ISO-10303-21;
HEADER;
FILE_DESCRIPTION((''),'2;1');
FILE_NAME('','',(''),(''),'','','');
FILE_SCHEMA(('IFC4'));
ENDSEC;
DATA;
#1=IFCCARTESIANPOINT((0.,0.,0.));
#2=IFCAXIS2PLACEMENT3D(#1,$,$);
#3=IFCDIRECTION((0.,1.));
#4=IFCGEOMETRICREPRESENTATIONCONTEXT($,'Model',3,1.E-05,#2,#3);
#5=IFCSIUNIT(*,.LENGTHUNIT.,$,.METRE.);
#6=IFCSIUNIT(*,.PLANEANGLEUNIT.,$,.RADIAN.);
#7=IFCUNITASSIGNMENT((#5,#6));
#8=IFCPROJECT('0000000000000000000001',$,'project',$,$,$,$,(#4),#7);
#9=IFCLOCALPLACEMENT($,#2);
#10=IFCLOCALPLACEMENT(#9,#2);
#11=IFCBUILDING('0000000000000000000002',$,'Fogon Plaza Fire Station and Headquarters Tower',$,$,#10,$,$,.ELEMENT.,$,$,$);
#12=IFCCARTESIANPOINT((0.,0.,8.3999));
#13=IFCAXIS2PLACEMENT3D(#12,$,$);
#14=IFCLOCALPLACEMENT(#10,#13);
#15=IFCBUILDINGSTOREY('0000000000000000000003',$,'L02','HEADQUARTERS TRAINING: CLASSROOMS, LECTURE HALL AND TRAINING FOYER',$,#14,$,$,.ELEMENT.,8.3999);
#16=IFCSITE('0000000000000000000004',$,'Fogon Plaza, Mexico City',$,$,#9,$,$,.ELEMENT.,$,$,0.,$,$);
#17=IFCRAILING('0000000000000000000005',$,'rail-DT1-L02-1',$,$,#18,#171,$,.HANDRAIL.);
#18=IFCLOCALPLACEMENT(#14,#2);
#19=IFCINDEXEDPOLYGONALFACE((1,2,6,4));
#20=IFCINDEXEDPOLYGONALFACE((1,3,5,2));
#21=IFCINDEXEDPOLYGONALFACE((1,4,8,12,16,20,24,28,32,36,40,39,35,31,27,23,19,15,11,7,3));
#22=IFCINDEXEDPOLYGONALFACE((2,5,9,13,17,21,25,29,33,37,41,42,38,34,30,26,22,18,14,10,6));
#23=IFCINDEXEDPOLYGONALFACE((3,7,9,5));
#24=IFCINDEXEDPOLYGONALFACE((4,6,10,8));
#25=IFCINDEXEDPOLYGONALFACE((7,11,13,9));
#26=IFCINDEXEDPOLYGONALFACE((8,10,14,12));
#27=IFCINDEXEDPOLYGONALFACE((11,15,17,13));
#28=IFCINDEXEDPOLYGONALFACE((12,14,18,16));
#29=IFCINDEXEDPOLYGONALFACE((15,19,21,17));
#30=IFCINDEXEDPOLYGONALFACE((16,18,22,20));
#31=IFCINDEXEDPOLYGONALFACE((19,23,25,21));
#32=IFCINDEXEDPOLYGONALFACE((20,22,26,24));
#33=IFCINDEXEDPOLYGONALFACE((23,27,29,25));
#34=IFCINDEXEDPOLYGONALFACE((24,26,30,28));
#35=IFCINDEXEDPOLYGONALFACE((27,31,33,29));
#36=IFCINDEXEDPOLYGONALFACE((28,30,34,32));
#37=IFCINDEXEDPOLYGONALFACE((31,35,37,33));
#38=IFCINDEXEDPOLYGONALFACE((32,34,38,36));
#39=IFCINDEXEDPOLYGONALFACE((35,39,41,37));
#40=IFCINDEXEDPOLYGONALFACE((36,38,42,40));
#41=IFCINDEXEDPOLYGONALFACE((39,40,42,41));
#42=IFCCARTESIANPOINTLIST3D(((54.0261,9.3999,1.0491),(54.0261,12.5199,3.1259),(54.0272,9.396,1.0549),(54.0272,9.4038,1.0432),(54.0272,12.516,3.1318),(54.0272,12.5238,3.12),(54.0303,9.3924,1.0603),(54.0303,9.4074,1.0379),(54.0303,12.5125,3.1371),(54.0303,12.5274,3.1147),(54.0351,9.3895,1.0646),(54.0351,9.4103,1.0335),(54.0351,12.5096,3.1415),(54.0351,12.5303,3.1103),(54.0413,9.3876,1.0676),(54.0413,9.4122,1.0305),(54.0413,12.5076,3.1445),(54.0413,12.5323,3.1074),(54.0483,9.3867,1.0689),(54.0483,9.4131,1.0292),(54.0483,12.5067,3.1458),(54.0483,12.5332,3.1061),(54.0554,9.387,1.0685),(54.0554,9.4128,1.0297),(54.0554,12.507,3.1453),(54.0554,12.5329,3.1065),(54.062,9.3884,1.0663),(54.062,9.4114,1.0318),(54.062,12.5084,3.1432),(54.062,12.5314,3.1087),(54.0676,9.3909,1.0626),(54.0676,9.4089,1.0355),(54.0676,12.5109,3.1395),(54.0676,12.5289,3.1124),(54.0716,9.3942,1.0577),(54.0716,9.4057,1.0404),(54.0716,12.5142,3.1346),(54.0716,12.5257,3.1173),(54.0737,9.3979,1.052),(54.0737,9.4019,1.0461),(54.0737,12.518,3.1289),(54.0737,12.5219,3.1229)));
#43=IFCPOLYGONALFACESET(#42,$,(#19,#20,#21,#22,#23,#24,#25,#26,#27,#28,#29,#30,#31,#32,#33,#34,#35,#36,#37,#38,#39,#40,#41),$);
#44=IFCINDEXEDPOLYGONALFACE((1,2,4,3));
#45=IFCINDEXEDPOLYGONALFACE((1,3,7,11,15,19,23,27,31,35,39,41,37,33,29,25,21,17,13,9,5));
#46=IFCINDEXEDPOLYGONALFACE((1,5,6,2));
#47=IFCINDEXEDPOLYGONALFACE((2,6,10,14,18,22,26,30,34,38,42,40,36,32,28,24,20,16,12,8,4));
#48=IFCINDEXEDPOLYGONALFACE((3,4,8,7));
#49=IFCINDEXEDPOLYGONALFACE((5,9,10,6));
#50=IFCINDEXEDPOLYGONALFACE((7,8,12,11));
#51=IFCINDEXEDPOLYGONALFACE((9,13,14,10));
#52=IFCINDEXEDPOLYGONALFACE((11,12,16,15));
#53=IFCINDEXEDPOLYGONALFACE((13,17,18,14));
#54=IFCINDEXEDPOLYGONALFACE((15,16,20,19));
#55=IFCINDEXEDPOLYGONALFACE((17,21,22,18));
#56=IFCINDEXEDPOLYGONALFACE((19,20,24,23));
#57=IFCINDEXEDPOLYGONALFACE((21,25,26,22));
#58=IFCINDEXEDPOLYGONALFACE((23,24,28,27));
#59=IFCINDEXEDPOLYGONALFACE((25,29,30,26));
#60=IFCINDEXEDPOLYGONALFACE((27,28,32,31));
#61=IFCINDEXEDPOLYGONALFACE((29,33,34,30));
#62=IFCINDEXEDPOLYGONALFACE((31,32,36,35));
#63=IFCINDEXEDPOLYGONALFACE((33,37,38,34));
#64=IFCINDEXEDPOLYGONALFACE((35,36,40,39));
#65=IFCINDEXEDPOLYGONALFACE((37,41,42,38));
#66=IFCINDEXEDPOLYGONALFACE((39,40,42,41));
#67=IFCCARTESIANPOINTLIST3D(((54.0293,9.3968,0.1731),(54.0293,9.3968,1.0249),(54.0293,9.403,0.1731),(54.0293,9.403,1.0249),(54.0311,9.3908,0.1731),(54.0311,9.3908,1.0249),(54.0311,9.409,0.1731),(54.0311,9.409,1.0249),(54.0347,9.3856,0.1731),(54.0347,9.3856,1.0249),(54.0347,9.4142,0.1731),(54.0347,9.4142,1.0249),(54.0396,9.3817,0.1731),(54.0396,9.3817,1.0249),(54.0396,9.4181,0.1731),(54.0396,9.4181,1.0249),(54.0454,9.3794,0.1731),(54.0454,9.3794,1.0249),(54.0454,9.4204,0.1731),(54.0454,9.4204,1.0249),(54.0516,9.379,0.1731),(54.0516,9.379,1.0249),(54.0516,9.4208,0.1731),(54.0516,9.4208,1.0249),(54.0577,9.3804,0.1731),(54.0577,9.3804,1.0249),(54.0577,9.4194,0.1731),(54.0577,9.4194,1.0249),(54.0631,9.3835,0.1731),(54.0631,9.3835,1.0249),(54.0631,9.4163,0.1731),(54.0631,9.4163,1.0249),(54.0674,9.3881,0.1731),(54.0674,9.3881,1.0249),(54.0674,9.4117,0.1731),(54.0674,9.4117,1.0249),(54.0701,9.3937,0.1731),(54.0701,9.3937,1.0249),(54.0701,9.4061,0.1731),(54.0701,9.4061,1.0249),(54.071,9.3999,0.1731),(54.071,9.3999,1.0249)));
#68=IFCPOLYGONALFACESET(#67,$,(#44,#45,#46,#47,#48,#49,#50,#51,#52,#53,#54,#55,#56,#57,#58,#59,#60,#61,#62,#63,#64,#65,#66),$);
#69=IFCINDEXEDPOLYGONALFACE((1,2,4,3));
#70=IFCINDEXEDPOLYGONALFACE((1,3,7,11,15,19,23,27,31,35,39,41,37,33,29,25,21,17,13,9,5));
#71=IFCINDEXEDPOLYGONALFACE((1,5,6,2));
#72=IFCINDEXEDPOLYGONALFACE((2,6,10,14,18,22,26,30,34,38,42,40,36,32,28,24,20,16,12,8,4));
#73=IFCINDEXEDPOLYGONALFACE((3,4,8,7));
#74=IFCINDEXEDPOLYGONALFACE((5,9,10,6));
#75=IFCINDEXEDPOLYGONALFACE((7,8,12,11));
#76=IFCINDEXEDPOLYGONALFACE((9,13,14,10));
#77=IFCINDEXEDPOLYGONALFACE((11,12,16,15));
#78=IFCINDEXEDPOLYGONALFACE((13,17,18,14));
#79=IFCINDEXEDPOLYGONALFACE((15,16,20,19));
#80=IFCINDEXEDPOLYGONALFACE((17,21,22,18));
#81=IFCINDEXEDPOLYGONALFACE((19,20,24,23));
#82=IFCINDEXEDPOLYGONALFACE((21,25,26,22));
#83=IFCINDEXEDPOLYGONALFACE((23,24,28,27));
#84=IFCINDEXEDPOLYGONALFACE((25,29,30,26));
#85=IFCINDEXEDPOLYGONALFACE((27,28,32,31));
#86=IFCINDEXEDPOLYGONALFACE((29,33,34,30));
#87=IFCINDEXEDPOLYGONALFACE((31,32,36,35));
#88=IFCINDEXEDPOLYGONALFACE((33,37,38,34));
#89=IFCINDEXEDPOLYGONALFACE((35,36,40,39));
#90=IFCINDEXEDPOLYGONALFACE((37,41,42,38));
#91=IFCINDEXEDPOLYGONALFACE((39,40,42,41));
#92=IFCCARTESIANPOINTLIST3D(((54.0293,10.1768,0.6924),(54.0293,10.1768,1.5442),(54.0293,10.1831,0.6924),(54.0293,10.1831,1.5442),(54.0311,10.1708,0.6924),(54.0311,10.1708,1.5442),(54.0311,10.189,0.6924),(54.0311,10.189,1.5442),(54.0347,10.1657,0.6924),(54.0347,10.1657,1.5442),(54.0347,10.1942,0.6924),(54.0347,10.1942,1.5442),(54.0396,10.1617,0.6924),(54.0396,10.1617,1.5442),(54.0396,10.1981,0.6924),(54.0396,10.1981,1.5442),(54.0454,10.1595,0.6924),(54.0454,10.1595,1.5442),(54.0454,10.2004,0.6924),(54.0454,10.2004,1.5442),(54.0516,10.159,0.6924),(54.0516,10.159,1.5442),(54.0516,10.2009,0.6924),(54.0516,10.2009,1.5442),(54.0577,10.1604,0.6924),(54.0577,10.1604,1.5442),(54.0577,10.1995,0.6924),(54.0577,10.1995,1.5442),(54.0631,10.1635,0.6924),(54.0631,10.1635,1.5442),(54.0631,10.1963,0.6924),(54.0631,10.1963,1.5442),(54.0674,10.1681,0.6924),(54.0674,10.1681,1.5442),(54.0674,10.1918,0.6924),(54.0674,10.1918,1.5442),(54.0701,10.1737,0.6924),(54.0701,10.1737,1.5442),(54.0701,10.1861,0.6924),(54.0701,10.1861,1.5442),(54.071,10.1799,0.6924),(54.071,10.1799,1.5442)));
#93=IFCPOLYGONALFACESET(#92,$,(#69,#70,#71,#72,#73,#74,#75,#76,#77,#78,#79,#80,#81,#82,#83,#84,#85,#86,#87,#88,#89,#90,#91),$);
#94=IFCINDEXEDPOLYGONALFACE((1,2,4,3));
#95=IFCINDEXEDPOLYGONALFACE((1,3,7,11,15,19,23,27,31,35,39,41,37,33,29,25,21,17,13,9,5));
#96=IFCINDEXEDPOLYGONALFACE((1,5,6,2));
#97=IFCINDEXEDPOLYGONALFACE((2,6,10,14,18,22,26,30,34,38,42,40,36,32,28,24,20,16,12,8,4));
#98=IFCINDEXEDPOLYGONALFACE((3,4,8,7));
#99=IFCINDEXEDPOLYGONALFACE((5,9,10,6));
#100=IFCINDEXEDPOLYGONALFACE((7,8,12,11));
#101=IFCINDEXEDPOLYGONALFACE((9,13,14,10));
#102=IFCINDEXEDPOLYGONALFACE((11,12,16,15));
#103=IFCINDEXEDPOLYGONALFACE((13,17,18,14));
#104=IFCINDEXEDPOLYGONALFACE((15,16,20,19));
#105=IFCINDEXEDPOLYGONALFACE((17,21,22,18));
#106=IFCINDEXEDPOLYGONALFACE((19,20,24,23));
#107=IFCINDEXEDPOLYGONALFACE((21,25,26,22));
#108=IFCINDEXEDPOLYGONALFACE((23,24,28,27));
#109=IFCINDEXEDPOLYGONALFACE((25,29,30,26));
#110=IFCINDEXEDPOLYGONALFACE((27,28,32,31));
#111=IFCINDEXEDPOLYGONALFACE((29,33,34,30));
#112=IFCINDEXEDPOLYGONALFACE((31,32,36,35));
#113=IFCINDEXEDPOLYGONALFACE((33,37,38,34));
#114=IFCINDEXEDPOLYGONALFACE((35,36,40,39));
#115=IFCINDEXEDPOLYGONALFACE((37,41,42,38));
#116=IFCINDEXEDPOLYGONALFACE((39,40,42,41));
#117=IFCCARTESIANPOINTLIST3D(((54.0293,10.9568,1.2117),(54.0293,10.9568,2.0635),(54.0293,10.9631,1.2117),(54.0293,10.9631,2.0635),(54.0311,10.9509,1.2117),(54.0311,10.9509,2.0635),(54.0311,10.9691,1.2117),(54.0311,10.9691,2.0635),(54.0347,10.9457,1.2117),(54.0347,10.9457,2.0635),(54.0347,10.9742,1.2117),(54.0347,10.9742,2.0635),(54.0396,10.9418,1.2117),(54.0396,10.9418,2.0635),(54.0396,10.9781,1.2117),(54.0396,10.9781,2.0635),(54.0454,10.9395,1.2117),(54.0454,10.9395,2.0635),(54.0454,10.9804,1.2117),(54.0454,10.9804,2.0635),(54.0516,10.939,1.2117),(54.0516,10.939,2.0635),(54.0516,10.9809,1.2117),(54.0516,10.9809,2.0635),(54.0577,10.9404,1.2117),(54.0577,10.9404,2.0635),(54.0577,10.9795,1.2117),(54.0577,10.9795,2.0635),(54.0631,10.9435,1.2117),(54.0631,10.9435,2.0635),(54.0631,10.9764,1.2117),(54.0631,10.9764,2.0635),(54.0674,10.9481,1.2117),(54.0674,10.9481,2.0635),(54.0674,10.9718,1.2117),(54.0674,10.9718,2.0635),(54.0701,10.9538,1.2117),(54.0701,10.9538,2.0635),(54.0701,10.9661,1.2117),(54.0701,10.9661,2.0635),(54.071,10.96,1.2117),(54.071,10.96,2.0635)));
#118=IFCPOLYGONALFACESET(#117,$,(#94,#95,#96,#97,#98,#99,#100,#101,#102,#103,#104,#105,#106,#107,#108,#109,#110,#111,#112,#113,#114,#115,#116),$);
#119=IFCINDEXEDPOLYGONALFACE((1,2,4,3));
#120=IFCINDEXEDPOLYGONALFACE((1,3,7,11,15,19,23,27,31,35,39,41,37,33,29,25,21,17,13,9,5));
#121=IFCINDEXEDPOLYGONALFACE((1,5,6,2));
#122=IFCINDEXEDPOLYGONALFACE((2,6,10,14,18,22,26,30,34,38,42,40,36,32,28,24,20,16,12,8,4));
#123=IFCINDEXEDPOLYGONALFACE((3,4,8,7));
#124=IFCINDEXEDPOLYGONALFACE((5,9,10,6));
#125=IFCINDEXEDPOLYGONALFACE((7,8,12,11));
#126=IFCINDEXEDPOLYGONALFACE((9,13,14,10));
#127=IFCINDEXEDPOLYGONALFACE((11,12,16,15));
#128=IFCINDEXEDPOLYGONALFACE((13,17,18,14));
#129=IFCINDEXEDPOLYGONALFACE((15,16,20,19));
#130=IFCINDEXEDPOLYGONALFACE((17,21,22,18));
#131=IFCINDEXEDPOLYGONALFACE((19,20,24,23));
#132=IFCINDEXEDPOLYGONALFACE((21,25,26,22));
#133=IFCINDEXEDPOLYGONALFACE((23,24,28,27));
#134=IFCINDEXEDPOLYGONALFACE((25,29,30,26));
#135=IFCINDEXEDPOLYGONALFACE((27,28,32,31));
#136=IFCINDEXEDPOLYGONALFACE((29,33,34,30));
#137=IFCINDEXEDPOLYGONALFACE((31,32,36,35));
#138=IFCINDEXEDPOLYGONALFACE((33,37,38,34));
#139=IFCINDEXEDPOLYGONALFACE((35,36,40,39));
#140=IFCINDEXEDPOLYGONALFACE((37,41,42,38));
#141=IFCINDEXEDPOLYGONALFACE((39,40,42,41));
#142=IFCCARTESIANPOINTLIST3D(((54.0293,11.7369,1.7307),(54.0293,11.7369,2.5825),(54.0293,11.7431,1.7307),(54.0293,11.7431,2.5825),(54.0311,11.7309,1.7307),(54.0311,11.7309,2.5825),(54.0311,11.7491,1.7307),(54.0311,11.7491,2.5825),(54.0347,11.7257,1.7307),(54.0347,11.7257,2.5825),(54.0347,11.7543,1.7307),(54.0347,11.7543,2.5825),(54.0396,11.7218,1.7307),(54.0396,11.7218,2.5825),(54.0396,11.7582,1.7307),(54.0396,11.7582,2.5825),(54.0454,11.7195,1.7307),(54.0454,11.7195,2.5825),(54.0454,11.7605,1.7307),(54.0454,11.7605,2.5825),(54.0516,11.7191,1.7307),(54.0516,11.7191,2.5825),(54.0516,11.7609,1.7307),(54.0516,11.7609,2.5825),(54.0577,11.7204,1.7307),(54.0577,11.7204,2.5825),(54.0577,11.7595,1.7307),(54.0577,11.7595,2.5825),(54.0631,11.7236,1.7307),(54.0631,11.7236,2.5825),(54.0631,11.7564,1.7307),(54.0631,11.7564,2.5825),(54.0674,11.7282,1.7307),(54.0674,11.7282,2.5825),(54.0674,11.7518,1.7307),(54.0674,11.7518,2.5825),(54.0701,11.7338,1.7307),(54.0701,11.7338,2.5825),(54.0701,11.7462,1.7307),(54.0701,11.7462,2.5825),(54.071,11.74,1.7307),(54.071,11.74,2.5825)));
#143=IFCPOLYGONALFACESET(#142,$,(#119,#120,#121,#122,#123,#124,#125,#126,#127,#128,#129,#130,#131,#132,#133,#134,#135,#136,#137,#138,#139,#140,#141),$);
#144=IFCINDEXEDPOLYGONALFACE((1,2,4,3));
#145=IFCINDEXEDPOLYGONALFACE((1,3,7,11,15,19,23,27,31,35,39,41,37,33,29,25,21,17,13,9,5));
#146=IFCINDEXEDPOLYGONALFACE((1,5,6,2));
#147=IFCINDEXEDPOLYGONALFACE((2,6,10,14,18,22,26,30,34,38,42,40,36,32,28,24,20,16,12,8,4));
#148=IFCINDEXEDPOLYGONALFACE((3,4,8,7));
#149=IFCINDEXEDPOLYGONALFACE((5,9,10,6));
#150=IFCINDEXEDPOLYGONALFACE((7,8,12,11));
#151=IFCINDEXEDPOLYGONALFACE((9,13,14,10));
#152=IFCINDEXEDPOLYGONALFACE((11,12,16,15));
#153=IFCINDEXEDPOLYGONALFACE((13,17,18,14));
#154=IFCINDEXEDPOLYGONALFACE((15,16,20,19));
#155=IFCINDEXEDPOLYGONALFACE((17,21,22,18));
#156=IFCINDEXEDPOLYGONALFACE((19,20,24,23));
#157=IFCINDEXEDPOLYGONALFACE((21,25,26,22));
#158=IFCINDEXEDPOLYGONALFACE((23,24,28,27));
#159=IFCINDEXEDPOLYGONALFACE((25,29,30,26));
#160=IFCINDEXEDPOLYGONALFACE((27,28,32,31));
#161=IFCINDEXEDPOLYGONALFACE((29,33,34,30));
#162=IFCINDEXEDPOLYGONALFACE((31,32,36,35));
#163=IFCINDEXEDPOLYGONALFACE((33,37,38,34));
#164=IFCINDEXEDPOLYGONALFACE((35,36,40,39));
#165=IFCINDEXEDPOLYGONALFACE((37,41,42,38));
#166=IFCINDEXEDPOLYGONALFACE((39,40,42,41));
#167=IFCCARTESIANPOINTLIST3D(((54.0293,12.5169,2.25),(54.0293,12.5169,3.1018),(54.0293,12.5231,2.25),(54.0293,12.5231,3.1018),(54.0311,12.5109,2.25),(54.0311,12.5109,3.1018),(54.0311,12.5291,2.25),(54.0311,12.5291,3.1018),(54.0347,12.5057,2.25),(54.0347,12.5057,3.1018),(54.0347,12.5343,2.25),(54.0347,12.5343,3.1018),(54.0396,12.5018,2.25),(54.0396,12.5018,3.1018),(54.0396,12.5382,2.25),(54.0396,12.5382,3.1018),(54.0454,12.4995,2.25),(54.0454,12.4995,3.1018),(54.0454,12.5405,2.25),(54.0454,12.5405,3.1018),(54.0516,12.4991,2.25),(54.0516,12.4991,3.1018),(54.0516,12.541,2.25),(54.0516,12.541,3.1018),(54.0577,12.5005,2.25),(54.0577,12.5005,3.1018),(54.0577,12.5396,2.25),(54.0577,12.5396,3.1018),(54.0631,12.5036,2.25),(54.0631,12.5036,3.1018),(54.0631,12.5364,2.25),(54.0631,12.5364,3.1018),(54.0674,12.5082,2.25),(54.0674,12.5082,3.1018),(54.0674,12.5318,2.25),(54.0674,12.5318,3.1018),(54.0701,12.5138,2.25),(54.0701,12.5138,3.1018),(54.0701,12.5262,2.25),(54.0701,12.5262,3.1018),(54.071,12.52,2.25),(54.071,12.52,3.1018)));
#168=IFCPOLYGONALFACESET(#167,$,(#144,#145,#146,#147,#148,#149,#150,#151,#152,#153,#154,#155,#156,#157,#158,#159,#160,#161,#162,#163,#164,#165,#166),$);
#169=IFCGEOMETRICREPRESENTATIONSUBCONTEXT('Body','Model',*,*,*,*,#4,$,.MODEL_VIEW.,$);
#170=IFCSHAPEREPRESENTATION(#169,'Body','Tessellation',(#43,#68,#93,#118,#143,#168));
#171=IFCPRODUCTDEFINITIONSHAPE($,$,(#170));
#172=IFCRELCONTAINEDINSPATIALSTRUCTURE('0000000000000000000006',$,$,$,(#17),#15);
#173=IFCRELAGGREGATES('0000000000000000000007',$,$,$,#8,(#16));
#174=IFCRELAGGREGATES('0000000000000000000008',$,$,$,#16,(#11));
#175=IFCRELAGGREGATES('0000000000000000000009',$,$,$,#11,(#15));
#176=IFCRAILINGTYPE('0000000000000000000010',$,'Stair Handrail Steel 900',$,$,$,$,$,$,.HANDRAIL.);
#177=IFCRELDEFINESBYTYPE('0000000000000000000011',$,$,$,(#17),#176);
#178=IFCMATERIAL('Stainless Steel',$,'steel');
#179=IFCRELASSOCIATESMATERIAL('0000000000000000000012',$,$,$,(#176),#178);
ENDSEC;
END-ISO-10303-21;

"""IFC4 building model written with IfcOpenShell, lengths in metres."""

from ifc_helpers import new_model, si_unit, direction, frame, origin, origin_2d, place, context, subcontext, project, spatial, circle, extrude, material, type_object, element, save


model = new_model("IFC4")

# Units and contexts
model_context = context("Model", 3, precision=1e-05, world=origin(), true_north=direction((0.0, 1.0)))
body_context = subcontext(model_context, "Body", "Model", "MODEL_VIEW")
ifc_project = project(units=[si_unit("LENGTHUNIT", "METRE"), si_unit("PLANEANGLEUNIT", "RADIAN")], contexts=[model_context])

# Site, building, storey
site_placement = place(None, origin())
site = spatial("IfcSite", under=ifc_project, at=site_placement, Name="Fogon Plaza, Mexico City", CompositionType="ELEMENT", RefElevation=0.0)
building_placement = place(site_placement, origin())
building = spatial("IfcBuilding", under=site, at=building_placement, Name="Fogon Plaza Fire Station and Headquarters Tower", CompositionType="ELEMENT")
storey_placement = place(building_placement, frame((0.0, 0.0, 8.3999)))
storey = spatial("IfcBuildingStorey", under=building, at=storey_placement, Name="L02", Description="HEADQUARTERS TRAINING: CLASSROOMS, LECTURE HALL AND TRAINING FOYER", CompositionType="ELEMENT", Elevation=8.3999)

# Railing
ifc_material_1 = material(Name="Stainless Steel", Category="steel")
railing_type_1 = type_object("IfcRailingType", Name="Stair Handrail Steel 900", PredefinedType="HANDRAIL", material=ifc_material_1)
for number, where, name in (
    (1, (54.05, 9.3999, 0.1731), "rail-DT1-L02-1"),
):
    element("IfcRailing", number, at=place(storey_placement, frame(where)), inside=storey, type_object=railing_type_1, Name=name, PredefinedType="HANDRAIL", context=body_context, shape_type="SweptSolid", body=[
        extrude(circle(Radius=0.0239, at=origin_2d()), frame((0.0, 0.0, 0.876), z_axis=(0.0, 0.832441, 0.554114), x_axis=(-1.0, 0.0, 0.0)), (0.0, 0.0, 1.0), 3.748),
        extrude(circle(Radius=0.021, at=origin_2d()), origin(), (0.0, 0.0, 1.0), 0.8518),
        extrude(circle(Radius=0.021, at=origin_2d()), frame((0.0, 0.78, 0.5193)), (0.0, 0.0, 1.0), 0.8518),
        extrude(circle(Radius=0.021, at=origin_2d()), frame((0.0, 1.5601, 1.0386)), (0.0, 0.0, 1.0), 0.8518),
        extrude(circle(Radius=0.021, at=origin_2d()), frame((0.0, 2.3401, 1.5576)), (0.0, 0.0, 1.0), 0.8518),
        extrude(circle(Radius=0.021, at=origin_2d()), frame((0.0, 3.1201, 2.0769)), (0.0, 0.0, 1.0), 0.8518),
    ])

save(model, "model.ifc")
